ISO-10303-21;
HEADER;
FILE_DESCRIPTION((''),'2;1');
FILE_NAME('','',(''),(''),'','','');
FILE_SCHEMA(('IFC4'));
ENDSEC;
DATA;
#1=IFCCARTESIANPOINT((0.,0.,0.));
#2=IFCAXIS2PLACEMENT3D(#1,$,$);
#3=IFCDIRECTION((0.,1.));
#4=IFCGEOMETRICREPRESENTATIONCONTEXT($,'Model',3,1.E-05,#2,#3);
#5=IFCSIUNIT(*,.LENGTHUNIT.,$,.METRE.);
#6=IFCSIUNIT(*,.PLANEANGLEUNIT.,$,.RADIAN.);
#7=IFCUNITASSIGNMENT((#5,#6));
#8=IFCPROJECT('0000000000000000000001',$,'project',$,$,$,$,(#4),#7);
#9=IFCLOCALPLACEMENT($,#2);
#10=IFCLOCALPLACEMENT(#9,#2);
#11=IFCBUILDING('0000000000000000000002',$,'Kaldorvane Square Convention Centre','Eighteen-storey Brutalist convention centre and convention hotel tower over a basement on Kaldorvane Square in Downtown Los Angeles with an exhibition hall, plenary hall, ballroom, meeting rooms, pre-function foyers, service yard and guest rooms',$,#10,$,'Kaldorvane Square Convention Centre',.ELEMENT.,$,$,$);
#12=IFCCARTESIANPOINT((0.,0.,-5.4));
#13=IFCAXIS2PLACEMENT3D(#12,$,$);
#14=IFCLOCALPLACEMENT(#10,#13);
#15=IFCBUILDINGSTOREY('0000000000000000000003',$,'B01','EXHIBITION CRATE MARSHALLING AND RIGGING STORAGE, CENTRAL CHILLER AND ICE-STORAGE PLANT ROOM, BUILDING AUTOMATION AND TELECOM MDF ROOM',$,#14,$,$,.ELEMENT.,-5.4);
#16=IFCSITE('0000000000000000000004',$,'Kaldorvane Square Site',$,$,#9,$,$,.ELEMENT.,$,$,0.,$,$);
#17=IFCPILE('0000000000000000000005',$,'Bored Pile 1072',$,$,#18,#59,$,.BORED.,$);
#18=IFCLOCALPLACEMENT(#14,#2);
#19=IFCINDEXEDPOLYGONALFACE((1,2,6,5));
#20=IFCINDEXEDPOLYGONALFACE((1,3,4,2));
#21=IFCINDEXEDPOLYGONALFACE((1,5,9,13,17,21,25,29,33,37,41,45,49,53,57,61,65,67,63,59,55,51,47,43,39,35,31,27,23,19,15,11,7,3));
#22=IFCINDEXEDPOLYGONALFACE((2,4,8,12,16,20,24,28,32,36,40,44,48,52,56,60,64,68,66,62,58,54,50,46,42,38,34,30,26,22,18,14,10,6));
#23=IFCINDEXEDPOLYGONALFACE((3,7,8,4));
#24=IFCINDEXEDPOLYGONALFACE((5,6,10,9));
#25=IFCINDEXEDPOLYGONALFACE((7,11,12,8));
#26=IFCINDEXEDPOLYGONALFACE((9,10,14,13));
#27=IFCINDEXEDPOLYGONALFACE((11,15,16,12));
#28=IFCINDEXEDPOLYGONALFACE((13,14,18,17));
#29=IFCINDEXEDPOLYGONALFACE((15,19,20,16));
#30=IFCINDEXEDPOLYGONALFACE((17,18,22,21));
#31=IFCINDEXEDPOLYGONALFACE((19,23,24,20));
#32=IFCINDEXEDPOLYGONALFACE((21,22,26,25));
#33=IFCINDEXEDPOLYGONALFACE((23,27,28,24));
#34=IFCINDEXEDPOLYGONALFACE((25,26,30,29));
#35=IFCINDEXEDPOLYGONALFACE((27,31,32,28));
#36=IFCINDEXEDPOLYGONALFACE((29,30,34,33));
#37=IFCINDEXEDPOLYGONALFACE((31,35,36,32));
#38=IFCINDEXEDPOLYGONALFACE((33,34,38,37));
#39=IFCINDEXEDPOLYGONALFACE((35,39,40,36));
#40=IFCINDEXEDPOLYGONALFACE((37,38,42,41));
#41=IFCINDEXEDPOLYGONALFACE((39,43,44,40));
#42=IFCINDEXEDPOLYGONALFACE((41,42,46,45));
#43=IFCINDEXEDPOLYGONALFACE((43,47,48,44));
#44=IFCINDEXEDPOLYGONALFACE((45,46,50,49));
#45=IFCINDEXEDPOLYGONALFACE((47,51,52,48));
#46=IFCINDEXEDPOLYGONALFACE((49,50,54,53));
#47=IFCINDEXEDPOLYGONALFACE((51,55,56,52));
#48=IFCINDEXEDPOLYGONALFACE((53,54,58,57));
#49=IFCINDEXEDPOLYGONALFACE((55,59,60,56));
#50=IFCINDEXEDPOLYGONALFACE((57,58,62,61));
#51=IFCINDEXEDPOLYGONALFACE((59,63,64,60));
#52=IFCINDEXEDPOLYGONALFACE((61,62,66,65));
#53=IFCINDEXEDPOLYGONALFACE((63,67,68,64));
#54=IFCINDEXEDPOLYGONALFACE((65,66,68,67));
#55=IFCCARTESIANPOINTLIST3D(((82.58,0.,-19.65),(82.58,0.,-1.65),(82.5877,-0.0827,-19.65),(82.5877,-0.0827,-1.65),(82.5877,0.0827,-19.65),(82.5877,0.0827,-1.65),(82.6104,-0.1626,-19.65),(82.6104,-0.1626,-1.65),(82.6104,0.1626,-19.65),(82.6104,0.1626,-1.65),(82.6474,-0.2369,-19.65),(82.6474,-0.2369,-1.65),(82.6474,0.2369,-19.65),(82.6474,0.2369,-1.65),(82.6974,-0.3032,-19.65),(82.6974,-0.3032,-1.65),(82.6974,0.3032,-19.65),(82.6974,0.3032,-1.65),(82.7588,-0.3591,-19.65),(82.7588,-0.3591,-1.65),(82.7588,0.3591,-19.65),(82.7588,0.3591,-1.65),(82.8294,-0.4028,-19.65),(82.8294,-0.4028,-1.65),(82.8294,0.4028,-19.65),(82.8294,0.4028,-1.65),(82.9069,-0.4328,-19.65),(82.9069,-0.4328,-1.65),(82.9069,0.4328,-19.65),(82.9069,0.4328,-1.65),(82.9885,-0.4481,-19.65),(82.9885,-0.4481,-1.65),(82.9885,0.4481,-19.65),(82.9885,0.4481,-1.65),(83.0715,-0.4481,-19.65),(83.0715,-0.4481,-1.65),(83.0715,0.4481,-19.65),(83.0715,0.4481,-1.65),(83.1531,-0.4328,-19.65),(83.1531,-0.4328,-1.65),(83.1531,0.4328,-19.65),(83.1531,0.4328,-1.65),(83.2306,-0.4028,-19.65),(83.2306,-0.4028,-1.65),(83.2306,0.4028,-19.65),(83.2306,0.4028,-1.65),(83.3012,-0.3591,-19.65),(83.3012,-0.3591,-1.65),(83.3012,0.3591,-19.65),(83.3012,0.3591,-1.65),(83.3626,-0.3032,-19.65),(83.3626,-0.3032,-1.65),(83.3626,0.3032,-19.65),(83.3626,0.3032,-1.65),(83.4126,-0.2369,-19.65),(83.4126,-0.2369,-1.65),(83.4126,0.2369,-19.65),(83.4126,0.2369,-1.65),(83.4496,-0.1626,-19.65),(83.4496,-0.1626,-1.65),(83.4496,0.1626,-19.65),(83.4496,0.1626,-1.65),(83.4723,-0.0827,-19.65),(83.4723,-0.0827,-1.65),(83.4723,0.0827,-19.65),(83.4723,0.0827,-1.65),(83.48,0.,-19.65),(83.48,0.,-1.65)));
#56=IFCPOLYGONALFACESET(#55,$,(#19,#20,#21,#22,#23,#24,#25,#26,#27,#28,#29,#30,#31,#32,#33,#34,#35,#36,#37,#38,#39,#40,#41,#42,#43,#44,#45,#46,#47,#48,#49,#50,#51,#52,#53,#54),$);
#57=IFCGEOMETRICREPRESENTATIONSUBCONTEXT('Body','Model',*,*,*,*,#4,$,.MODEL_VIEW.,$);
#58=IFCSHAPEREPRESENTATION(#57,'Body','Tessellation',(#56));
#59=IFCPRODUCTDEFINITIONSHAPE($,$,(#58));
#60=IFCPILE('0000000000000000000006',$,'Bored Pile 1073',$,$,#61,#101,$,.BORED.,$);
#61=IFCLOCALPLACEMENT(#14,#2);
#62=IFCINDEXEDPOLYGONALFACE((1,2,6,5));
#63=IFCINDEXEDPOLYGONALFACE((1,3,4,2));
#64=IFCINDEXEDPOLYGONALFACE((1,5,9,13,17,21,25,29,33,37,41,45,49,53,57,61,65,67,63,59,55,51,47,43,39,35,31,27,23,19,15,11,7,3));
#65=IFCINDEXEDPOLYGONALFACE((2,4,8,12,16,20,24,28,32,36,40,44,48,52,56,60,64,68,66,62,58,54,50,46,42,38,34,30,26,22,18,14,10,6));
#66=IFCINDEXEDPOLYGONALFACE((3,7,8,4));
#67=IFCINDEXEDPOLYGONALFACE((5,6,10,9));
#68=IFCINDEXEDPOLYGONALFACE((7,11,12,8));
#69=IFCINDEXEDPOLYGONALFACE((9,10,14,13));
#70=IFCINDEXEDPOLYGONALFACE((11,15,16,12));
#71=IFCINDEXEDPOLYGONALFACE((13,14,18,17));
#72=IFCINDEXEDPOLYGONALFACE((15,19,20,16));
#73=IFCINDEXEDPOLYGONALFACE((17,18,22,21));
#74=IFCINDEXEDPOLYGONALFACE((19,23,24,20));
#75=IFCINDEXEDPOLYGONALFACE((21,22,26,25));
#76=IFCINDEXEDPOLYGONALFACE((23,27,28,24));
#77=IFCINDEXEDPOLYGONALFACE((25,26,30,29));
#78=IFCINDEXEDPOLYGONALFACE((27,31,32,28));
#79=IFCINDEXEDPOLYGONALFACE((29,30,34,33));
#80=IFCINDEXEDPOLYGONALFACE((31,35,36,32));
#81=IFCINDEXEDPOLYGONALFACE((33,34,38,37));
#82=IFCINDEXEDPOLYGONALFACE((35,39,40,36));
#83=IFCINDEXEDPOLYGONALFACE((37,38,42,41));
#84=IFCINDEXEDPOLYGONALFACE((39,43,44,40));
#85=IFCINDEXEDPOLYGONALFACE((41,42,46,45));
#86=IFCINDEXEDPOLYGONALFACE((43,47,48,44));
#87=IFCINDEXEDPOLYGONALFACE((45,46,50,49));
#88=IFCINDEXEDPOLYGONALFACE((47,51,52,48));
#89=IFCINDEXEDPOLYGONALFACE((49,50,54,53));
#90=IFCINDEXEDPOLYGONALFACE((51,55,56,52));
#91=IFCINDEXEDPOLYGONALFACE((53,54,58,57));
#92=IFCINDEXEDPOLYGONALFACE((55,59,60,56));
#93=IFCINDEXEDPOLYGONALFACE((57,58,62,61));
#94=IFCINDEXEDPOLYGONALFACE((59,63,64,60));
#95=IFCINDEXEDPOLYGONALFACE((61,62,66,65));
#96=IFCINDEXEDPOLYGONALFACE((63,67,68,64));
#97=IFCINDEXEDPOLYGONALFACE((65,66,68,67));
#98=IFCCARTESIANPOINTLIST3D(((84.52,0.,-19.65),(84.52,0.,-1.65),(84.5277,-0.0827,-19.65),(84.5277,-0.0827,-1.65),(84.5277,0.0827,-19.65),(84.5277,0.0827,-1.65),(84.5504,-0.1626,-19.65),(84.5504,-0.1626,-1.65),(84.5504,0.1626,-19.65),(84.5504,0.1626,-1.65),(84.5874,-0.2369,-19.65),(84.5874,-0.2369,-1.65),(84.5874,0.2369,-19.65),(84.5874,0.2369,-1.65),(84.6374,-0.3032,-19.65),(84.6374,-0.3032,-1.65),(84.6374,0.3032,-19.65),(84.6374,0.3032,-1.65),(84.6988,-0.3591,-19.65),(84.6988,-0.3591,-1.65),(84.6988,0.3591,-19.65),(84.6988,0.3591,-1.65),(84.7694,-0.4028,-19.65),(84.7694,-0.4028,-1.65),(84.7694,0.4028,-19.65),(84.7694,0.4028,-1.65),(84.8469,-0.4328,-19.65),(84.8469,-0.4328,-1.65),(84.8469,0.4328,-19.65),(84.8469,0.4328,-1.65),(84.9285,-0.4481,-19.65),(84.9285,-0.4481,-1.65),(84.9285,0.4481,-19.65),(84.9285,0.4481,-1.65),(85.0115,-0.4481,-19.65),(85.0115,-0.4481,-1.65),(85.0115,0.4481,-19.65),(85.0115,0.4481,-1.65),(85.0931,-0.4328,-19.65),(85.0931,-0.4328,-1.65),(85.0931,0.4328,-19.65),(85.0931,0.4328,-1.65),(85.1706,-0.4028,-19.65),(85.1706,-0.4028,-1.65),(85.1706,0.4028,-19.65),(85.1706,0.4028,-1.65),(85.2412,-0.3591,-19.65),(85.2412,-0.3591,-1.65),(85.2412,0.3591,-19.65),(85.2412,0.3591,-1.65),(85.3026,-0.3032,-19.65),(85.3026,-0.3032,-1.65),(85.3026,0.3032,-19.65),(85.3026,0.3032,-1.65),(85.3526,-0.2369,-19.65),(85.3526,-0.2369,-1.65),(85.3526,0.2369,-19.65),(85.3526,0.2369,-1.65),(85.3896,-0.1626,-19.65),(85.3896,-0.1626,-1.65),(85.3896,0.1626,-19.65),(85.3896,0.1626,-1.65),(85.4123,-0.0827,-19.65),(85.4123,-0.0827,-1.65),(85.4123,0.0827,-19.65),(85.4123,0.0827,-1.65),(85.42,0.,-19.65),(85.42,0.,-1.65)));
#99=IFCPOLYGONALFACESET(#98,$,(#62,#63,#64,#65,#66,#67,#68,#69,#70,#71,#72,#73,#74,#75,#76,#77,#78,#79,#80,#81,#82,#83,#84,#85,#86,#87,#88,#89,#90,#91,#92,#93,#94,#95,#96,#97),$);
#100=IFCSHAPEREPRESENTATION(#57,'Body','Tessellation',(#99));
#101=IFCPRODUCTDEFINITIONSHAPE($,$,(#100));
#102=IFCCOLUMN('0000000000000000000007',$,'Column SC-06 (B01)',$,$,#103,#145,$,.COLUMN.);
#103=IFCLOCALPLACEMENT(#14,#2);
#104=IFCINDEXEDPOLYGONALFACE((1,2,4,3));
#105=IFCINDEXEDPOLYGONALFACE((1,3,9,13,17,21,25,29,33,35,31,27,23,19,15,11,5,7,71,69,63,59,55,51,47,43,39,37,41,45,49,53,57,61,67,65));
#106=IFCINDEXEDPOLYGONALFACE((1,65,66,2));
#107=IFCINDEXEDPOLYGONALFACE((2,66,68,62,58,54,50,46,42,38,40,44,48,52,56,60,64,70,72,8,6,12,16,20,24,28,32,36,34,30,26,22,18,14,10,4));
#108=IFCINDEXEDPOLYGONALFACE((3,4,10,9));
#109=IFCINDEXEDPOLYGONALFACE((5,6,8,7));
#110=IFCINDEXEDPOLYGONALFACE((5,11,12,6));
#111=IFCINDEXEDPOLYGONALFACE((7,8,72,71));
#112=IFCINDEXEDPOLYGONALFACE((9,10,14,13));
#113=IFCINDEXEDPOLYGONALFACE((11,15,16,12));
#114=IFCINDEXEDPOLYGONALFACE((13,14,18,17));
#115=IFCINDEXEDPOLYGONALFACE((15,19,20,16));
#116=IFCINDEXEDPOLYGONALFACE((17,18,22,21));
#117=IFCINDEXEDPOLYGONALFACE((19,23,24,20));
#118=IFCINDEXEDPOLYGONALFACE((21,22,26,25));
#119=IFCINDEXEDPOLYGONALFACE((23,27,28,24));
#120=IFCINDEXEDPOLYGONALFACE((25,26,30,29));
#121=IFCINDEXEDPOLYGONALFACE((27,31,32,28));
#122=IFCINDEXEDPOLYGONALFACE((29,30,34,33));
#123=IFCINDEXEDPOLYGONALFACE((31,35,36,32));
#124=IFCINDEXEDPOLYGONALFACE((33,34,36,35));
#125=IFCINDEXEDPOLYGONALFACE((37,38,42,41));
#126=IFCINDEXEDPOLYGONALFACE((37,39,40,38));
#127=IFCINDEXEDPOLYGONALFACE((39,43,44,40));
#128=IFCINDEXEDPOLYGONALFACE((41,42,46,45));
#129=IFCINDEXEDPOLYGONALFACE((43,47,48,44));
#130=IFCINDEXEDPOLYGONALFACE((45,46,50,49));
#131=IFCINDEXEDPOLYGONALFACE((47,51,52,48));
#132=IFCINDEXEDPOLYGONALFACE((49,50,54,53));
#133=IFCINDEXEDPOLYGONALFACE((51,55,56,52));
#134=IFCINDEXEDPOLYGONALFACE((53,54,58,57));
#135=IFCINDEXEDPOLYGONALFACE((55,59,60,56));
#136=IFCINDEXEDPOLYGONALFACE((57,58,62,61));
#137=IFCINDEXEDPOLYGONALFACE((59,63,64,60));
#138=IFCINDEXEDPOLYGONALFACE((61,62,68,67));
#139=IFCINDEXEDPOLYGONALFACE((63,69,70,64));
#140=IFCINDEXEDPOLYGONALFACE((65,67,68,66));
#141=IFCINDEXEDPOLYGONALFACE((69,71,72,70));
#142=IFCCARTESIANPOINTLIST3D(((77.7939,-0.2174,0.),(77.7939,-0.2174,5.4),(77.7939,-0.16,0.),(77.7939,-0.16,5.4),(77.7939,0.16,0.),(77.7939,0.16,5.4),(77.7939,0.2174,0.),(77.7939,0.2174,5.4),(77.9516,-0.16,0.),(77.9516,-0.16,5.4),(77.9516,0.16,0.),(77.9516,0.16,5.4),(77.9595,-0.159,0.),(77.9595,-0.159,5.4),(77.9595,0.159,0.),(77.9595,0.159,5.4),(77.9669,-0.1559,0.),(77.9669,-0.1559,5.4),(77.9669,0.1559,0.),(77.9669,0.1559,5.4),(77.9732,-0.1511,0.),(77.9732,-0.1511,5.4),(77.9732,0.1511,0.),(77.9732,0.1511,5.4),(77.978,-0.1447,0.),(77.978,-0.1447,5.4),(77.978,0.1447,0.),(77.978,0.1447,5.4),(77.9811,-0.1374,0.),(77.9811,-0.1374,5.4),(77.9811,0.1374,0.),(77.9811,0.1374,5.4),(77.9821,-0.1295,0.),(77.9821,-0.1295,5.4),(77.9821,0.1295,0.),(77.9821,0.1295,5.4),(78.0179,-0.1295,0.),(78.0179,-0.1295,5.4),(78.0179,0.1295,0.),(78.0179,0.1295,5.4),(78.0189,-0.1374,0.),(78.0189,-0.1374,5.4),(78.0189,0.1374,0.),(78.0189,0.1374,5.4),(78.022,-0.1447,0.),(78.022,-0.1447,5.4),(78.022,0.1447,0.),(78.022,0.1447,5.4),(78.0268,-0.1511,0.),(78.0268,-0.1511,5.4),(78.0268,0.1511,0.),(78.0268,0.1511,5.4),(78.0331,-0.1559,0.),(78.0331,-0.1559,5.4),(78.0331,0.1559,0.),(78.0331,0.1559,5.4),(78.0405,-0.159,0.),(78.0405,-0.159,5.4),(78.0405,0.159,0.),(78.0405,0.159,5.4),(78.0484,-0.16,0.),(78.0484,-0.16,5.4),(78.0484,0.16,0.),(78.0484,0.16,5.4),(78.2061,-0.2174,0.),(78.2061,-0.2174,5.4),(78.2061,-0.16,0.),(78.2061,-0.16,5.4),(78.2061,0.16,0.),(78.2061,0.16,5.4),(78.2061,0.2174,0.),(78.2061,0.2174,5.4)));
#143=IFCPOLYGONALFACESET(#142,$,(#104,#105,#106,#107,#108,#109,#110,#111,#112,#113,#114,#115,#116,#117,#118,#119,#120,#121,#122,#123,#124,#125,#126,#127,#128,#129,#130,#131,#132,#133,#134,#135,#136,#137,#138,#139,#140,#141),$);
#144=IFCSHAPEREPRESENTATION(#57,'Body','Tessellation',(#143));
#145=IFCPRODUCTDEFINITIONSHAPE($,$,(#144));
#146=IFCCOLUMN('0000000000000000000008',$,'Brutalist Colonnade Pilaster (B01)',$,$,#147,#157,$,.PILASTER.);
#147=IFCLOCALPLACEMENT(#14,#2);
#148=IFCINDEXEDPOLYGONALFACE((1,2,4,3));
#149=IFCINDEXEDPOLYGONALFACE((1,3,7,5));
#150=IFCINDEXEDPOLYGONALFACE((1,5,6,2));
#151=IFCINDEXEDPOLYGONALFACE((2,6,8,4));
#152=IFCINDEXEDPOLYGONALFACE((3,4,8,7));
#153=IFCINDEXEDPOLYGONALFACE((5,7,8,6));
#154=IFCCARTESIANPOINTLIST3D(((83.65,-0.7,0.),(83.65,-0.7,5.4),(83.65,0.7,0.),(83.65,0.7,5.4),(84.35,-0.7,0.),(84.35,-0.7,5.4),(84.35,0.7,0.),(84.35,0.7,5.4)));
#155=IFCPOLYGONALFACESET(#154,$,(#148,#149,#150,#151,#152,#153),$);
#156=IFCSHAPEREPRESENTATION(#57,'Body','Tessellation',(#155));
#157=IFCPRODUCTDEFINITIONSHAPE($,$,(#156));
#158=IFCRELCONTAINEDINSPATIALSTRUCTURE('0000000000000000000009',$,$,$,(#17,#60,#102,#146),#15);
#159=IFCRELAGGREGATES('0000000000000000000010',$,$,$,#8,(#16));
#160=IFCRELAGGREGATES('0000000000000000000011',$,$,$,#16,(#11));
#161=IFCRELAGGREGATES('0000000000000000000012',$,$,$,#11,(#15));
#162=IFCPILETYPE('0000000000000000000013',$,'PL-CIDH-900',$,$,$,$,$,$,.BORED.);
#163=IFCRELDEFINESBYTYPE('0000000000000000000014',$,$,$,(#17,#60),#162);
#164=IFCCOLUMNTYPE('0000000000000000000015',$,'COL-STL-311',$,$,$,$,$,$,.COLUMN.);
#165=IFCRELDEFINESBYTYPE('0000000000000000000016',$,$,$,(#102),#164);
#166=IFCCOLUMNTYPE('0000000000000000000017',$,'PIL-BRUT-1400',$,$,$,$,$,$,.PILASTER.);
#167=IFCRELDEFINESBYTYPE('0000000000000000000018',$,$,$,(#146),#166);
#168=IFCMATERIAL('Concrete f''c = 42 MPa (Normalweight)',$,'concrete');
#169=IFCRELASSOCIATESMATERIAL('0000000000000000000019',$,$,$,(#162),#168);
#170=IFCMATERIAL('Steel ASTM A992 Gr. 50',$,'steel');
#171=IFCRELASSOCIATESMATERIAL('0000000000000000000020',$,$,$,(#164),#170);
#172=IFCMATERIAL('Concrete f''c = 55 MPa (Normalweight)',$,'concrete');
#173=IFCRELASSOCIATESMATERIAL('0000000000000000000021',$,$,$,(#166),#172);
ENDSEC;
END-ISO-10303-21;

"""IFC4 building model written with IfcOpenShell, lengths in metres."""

from ifc_helpers import new_model, si_unit, direction, frame, origin, origin_2d, place, context, subcontext, project, spatial, rectangle, circle, i_section, extrude, material, material_profile, profile_set, type_object, element, save


model = new_model("IFC4")

# Units and contexts
model_context = context("Model", 3, precision=1e-05, world=origin(), true_north=direction((0.0, 1.0)))
body_context = subcontext(model_context, "Body", "Model", "MODEL_VIEW")
ifc_project = project(units=[si_unit("LENGTHUNIT", "METRE"), si_unit("PLANEANGLEUNIT", "RADIAN")], contexts=[model_context])

# Site, building, storey
site_placement = place(None, origin())
site = spatial("IfcSite", under=ifc_project, at=site_placement, Name="Kaldorvane Square Site", CompositionType="ELEMENT", RefElevation=0.0)
building_placement = place(site_placement, origin())
building = spatial("IfcBuilding", under=site, at=building_placement, Name="Kaldorvane Square Convention Centre", Description="Eighteen-storey Brutalist convention centre and convention hotel tower over a basement on Kaldorvane Square in Downtown Los Angeles with an exhibition hall, plenary hall, ballroom, meeting rooms, pre-function foyers, service yard and guest rooms", LongName="Kaldorvane Square Convention Centre", CompositionType="ELEMENT")
storey_placement = place(building_placement, frame((0.0, 0.0, -5.4)))
storey = spatial("IfcBuildingStorey", under=building, at=storey_placement, Name="B01", Description="EXHIBITION CRATE MARSHALLING AND RIGGING STORAGE, CENTRAL CHILLER AND ICE-STORAGE PLANT ROOM, BUILDING AUTOMATION AND TELECOM MDF ROOM", CompositionType="ELEMENT", Elevation=-5.4)

# Shared definitions
ifc_material_1 = material(Name="Concrete f'c = 42 MPa (Normalweight)", Category="concrete")

# Piles
ifc_material_profile_1 = material_profile(ifc_material_1, circle(Radius=0.45, at=origin_2d()), Name="PILE-D900")
ifc_profile_set_1 = profile_set([ifc_material_profile_1], Name="Concrete f'c = 42 MPa (Normalweight)")
pile_type_1 = type_object("IfcPileType", Name="PL-CIDH-900", PredefinedType="BORED", material=ifc_profile_set_1)
for number, where, z_axis, x_axis, name in (
    (1, (83.03, 0.0, -1.65), (0.0, 0.0, -1.0), (1.0, 0.0, 0.0), "Bored Pile 1072"),
    (2, (84.97, 0.0, -1.65), (0.0, 0.0, -1.0), (1.0, 0.0, 0.0), "Bored Pile 1073"),
):
    element("IfcPile", number, at=place(storey_placement, frame(where, z_axis=z_axis, x_axis=x_axis)), inside=storey, type_object=pile_type_1, Name=name, PredefinedType="BORED", context=body_context, shape_type="SweptSolid", body=[
        extrude(circle(Radius=0.45, at=origin_2d()), origin(), (0.0, 0.0, 1.0), 18.0),
    ])

# Columns
ifc_material_2 = material(Name="Steel ASTM A992 Gr. 50", Category="steel")
ifc_material_profile_2 = material_profile(ifc_material_2, i_section(OverallWidth=0.4122, OverallDepth=0.4348, WebThickness=0.0358, FlangeThickness=0.0574, FilletRadius=0.0305, at=origin_2d()), Name="W14X311")
ifc_profile_set_2 = profile_set([ifc_material_profile_2], Name="Steel ASTM A992 Gr. 50")
column_type_1 = type_object("IfcColumnType", Name="COL-STL-311", PredefinedType="COLUMN", material=ifc_profile_set_2)
column_1_placement = place(storey_placement, frame((78.0, 0.0, 0.0), z_axis=(0.0, 0.0, 1.0), x_axis=(1.0, 0.0, 0.0)))
element("IfcColumn", 3, at=column_1_placement, inside=storey, type_object=column_type_1, Name="Column SC-06 (B01)", PredefinedType="COLUMN", context=body_context, shape_type="SweptSolid", body=[
    extrude(i_section(OverallWidth=0.4122, OverallDepth=0.4348, WebThickness=0.0358, FlangeThickness=0.0574, FilletRadius=0.0305, at=origin_2d()), origin(), (0.0, 0.0, 1.0), 5.4),
])
ifc_material_3 = material(Name="Concrete f'c = 55 MPa (Normalweight)", Category="concrete")
ifc_material_profile_3 = material_profile(ifc_material_3, rectangle(XDim=0.7, YDim=1.4, at=origin_2d()), Name="PIL1400X700")
ifc_profile_set_3 = profile_set([ifc_material_profile_3], Name="Concrete f'c = 55 MPa (Normalweight)")
column_type_2 = type_object("IfcColumnType", Name="PIL-BRUT-1400", PredefinedType="PILASTER", material=ifc_profile_set_3)
column_2_placement = place(storey_placement, frame((84.0, 0.0, 0.0), z_axis=(0.0, 0.0, 1.0), x_axis=(1.0, 0.0, 0.0)))
element("IfcColumn", 4, at=column_2_placement, inside=storey, type_object=column_type_2, Name="Brutalist Colonnade Pilaster (B01)", PredefinedType="PILASTER", context=body_context, shape_type="SweptSolid", body=[
    extrude(rectangle(XDim=0.7, YDim=1.4, at=origin_2d()), origin(), (0.0, 0.0, 1.0), 5.4),
])

save(model, "model.ifc")
